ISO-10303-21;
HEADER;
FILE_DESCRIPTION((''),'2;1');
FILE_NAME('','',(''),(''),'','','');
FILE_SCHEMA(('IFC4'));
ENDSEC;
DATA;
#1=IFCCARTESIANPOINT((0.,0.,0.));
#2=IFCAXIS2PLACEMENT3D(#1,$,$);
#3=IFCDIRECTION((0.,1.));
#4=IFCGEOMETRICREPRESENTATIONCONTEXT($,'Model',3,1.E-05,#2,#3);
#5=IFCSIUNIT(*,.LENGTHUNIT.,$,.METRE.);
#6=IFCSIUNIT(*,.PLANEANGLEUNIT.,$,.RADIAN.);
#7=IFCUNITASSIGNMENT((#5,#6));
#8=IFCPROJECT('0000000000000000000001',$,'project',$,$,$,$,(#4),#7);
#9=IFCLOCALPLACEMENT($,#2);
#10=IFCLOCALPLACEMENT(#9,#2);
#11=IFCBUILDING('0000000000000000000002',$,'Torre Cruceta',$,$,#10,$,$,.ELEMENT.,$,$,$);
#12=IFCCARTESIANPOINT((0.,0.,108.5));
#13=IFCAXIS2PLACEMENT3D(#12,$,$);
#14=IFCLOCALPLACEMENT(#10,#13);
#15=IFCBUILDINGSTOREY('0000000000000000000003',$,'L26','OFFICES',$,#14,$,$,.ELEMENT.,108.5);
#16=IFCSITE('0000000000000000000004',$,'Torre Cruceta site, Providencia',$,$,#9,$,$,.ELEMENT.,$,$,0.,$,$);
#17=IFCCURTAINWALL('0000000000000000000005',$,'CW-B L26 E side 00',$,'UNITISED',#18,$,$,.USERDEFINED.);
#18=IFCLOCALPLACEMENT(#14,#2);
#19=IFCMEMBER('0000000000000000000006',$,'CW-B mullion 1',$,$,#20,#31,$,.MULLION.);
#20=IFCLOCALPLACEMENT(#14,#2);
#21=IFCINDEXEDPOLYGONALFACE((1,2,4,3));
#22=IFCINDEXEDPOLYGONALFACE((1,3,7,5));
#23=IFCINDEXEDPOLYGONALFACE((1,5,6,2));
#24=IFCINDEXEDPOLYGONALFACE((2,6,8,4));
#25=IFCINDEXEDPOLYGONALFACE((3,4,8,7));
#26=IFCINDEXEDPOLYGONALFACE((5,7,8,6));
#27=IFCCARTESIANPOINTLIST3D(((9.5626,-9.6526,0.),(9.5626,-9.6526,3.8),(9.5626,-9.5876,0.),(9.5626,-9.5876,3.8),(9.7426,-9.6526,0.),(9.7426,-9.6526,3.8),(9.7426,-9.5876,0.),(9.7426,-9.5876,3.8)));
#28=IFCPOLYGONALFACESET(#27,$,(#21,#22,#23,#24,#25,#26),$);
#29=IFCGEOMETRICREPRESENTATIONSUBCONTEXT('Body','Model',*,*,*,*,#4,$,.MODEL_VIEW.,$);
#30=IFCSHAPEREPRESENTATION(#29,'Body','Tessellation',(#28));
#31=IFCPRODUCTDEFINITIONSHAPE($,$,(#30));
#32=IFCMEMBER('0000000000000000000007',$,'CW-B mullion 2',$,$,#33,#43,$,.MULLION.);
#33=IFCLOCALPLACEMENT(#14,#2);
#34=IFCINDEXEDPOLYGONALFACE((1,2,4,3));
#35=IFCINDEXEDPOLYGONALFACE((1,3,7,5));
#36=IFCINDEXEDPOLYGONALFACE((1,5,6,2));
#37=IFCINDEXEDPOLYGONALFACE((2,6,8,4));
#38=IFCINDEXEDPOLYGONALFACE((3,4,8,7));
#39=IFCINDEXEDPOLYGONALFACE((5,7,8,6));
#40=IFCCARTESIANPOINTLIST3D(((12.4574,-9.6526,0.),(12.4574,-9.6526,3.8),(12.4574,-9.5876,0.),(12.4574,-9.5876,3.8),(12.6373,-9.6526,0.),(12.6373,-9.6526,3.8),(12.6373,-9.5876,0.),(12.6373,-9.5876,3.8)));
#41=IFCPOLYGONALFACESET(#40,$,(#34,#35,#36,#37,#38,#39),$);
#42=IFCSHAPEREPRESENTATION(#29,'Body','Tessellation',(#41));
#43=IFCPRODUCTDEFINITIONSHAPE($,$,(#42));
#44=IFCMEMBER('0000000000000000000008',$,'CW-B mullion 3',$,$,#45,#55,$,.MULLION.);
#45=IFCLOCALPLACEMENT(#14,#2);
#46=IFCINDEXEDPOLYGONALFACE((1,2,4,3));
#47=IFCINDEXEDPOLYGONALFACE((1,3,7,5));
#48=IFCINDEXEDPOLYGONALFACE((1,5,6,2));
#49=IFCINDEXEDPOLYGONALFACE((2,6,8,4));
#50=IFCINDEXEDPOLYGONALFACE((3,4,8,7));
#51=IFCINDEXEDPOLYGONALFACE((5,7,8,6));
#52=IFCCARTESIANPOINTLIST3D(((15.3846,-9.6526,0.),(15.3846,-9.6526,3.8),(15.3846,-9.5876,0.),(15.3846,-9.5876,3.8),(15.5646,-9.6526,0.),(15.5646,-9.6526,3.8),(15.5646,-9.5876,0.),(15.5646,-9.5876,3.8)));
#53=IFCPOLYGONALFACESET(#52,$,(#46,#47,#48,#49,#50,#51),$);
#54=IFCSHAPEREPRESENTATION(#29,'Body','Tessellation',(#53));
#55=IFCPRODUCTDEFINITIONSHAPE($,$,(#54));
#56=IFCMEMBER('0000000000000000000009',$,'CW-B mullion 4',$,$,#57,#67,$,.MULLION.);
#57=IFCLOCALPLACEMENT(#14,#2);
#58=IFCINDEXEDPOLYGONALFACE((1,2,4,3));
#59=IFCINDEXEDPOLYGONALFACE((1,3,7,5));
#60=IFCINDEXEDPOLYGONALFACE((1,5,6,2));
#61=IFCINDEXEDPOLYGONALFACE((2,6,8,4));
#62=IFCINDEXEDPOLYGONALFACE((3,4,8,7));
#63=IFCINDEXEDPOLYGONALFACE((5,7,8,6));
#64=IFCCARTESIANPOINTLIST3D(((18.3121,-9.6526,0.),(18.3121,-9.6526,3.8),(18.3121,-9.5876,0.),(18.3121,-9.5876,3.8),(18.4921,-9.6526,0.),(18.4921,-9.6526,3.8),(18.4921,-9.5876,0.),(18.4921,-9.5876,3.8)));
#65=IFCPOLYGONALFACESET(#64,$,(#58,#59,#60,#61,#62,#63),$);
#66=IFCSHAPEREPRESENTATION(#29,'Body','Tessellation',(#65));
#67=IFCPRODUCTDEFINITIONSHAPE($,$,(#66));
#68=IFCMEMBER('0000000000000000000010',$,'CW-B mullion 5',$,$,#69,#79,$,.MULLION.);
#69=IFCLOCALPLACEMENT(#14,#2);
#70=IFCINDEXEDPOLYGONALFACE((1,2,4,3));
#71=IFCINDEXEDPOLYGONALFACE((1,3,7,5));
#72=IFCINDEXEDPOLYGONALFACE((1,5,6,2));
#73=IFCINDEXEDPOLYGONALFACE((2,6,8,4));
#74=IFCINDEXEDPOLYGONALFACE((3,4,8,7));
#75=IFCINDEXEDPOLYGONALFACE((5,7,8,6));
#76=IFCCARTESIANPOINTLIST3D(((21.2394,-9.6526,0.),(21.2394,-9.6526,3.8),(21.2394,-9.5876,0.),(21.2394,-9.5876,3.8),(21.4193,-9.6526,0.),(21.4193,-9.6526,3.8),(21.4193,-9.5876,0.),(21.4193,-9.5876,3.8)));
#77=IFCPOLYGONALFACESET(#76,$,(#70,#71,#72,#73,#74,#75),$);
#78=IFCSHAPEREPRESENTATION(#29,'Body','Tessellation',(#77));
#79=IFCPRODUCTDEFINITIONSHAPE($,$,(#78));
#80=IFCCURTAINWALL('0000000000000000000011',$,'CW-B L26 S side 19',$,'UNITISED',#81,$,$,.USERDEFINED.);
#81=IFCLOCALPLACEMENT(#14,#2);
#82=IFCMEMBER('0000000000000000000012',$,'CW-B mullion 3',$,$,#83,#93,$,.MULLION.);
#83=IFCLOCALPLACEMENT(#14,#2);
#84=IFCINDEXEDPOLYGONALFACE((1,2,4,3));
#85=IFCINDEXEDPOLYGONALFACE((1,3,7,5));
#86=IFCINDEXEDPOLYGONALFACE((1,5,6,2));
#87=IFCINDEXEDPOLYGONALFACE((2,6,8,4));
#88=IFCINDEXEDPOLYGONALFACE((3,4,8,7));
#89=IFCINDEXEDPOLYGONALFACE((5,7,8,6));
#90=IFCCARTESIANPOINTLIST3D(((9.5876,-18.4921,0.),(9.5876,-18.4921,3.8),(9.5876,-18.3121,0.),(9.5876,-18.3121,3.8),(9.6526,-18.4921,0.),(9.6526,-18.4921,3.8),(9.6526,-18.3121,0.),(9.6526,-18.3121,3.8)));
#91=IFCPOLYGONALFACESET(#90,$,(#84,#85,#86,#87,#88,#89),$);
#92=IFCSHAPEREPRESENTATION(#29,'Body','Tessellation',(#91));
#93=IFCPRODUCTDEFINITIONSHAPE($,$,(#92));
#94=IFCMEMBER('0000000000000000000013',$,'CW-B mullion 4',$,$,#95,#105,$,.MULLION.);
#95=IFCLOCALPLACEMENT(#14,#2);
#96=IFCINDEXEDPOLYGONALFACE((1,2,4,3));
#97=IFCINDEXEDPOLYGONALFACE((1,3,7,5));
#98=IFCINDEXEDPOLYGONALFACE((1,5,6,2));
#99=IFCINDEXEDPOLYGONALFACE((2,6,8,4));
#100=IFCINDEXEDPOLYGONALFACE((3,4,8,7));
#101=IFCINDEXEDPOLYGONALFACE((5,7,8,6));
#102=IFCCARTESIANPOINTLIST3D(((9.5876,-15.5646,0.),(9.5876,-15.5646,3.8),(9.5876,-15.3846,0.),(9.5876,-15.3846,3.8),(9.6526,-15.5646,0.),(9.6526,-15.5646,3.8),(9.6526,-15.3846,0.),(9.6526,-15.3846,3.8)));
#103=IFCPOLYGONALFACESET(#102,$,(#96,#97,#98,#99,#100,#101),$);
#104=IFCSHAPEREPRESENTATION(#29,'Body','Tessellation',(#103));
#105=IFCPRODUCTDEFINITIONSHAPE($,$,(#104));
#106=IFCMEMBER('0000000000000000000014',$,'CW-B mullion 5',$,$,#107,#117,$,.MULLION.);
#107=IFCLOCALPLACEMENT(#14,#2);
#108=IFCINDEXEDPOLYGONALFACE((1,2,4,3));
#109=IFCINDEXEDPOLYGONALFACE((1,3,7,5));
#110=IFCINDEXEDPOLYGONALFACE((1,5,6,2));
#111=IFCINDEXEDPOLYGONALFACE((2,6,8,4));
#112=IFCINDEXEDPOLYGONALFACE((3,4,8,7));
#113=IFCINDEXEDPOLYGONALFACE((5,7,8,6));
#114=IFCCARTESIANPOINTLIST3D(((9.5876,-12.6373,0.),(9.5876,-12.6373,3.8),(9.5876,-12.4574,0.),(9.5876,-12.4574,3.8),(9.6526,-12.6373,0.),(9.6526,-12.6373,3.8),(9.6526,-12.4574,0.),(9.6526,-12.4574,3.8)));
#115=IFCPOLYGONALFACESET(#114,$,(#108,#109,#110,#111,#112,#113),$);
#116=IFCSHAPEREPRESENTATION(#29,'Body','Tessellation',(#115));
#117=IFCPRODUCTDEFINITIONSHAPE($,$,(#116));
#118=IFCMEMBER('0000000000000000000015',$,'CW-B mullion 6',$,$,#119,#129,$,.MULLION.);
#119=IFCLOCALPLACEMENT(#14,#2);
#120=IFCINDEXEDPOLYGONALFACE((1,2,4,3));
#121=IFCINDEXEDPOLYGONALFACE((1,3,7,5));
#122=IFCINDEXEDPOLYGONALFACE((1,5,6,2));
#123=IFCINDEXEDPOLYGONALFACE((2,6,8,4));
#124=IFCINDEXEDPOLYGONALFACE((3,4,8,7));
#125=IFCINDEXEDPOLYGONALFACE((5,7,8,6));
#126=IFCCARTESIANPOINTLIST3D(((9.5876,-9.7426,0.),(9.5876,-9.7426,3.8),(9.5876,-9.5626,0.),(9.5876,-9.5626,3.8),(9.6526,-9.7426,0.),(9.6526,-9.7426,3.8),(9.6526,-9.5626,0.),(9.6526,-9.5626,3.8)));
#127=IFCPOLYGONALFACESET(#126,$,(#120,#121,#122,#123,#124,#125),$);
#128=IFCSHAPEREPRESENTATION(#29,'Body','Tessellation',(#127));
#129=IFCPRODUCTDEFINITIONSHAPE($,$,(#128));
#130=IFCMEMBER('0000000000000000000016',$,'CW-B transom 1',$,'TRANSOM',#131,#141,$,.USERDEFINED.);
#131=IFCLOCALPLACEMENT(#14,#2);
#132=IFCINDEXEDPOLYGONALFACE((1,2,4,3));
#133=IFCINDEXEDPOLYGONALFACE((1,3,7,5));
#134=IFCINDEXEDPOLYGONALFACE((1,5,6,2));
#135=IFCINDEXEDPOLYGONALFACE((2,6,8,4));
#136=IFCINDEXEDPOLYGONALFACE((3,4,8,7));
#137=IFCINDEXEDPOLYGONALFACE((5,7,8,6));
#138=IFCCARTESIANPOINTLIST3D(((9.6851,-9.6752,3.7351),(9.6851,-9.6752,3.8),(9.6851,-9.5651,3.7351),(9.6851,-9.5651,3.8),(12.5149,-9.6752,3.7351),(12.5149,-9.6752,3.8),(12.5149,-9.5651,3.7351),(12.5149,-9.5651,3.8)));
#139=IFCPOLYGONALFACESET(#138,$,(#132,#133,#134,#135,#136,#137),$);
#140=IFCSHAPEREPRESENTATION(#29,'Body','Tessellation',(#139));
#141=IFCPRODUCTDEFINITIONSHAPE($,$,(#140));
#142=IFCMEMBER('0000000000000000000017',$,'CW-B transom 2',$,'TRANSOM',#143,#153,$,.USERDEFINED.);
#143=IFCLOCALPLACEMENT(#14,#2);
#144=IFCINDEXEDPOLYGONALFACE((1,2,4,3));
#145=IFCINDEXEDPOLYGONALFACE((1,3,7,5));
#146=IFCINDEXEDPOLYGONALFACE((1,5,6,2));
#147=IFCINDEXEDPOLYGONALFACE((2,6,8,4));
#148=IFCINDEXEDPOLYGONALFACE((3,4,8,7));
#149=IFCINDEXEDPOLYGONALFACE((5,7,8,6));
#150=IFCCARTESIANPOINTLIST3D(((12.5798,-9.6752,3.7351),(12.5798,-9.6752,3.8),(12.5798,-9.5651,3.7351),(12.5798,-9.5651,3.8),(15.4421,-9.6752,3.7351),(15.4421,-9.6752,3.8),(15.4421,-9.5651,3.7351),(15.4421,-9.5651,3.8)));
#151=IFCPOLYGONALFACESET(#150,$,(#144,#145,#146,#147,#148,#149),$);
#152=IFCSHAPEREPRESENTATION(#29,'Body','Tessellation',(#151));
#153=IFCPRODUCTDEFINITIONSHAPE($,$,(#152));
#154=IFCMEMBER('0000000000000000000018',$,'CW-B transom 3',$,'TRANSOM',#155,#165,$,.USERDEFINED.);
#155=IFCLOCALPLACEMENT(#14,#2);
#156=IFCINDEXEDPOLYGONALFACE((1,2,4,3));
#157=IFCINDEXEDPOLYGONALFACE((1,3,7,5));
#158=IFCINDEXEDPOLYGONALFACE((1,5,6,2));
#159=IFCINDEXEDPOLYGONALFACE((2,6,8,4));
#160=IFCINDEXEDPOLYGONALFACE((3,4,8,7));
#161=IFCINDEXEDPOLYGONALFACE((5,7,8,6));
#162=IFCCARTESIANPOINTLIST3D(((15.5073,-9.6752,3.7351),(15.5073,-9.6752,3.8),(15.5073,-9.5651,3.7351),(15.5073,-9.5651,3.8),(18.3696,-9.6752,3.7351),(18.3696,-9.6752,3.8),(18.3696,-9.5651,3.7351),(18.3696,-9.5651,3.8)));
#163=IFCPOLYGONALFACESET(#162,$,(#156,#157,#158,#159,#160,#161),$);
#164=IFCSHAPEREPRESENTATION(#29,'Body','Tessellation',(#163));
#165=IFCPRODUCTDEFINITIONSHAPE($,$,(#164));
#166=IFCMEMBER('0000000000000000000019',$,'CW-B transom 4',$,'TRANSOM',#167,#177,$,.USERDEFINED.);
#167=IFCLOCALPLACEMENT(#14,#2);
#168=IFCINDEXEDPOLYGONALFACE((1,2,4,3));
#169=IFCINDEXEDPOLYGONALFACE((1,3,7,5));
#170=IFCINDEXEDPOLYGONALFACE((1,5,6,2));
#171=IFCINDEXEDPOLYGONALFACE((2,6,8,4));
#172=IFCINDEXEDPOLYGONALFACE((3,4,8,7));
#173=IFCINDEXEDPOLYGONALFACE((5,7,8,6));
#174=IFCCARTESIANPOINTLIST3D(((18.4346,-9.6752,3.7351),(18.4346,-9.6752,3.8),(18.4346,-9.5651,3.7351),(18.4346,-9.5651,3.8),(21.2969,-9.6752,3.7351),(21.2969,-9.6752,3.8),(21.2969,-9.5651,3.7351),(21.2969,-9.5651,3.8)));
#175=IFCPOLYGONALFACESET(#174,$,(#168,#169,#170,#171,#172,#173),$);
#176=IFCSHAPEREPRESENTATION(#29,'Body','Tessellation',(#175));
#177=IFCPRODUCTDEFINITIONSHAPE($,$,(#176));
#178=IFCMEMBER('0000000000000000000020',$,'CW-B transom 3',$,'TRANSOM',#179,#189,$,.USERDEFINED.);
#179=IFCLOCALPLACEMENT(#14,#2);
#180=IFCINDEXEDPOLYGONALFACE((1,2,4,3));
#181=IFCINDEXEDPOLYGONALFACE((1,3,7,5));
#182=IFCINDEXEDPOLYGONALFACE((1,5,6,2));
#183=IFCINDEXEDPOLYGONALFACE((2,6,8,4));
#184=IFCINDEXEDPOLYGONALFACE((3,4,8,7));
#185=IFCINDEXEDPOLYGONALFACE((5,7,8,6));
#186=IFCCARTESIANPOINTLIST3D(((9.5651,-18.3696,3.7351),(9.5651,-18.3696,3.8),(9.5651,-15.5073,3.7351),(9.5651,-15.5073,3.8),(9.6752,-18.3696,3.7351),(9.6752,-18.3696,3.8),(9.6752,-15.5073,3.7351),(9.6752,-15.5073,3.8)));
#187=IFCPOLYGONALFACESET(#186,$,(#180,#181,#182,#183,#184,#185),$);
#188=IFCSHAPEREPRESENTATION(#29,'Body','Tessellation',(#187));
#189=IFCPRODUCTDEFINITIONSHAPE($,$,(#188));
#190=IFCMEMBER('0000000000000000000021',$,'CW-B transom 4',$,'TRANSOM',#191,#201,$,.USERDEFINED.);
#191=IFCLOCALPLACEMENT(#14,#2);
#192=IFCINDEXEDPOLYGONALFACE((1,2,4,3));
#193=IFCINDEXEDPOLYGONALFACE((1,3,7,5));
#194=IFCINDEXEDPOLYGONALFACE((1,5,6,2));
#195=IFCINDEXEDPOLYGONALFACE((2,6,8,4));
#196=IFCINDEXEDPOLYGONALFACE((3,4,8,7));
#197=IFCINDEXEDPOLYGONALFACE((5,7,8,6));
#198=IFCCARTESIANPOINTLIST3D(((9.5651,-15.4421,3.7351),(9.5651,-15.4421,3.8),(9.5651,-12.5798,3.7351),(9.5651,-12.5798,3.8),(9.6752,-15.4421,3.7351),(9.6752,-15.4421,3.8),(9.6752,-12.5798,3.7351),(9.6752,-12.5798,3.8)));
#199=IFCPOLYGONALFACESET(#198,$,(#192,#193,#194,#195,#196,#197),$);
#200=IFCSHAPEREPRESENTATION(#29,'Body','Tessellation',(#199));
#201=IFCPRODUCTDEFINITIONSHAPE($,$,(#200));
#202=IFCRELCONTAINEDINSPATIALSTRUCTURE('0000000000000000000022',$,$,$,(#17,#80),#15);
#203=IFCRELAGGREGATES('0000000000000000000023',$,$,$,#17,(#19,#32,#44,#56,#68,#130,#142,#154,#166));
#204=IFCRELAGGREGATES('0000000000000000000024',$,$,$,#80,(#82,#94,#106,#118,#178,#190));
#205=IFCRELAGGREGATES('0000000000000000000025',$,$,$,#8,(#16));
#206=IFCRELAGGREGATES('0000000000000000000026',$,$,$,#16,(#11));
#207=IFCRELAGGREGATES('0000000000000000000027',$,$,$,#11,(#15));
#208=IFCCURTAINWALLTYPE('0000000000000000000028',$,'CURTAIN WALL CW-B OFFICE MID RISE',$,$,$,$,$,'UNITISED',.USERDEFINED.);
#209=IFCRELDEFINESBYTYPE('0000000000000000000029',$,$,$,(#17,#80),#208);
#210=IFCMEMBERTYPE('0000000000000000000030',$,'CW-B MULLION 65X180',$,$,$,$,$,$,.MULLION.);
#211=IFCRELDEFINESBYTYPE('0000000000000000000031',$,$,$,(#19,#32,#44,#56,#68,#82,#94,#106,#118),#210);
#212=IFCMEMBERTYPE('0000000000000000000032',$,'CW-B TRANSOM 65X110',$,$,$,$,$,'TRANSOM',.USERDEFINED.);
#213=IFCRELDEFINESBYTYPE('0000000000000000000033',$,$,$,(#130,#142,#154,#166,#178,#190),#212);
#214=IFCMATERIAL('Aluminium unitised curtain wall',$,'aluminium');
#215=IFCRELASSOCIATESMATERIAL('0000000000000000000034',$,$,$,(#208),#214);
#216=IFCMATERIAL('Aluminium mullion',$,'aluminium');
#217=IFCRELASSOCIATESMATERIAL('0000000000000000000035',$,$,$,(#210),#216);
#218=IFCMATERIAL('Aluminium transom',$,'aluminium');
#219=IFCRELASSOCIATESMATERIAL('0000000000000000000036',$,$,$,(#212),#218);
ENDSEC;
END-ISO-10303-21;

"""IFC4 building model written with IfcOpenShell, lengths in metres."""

from ifc_helpers import new_model, si_unit, direction, frame, origin, origin_2d, place, context, subcontext, project, spatial, rectangle, extrude, material, material_profile, profile_set, type_object, element, aggregate, save


model = new_model("IFC4")

# Units and contexts
model_context = context("Model", 3, precision=1e-05, world=origin(), true_north=direction((0.0, 1.0)))
body_context = subcontext(model_context, "Body", "Model", "MODEL_VIEW")
ifc_project = project(units=[si_unit("LENGTHUNIT", "METRE"), si_unit("PLANEANGLEUNIT", "RADIAN")], contexts=[model_context])

# Site, building, storey
site_placement = place(None, origin())
site = spatial("IfcSite", under=ifc_project, at=site_placement, Name="Torre Cruceta site, Providencia", CompositionType="ELEMENT", RefElevation=0.0)
building_placement = place(site_placement, origin())
building = spatial("IfcBuilding", under=site, at=building_placement, Name="Torre Cruceta", CompositionType="ELEMENT")
storey_placement = place(building_placement, frame((0.0, 0.0, 108.5)))
storey = spatial("IfcBuildingStorey", under=building, at=storey_placement, Name="L26", Description="OFFICES", CompositionType="ELEMENT", Elevation=108.5)

# Curtain walls, members
ifc_material_1 = material(Name="Aluminium unitised curtain wall", Category="aluminium")
curtain_wall_type = type_object("IfcCurtainWallType", Name="CURTAIN WALL CW-B OFFICE MID RISE", ElementType="UNITISED", PredefinedType="USERDEFINED", material=ifc_material_1)
curtain_wall_1_placement = place(storey_placement, origin())
curtain_wall_1 = element("IfcCurtainWall", 1, at=curtain_wall_1_placement, inside=storey, type_object=curtain_wall_type, Name="CW-B L26 E side 00", ObjectType="UNITISED", PredefinedType="USERDEFINED")
ifc_material_2 = material(Name="Aluminium mullion", Category="aluminium")
ifc_material_profile_1 = material_profile(ifc_material_2, rectangle(XDim=0.0649, YDim=0.1799, at=origin_2d()), Name="AL 65X180")
ifc_profile_set_1 = profile_set([ifc_material_profile_1], Name="Aluminium mullion")
member_type_1 = type_object("IfcMemberType", Name="CW-B MULLION 65X180", PredefinedType="MULLION", material=ifc_profile_set_1)
member_1_placement = place(storey_placement, frame((9.6526, -9.6201, 0.0), z_axis=(0.0, 0.0, 1.0), x_axis=(0.0, 1.0, 0.0)))
member_1 = element("IfcMember", 2, at=member_1_placement, type_object=member_type_1, Name="CW-B mullion 1", PredefinedType="MULLION", context=body_context, shape_type="SweptSolid", body=[
    extrude(rectangle(XDim=0.0649, YDim=0.1799, at=origin_2d()), origin(), (0.0, 0.0, 1.0), 3.8),
])
member_2_placement = place(storey_placement, frame((12.5474, -9.6201, 0.0), z_axis=(0.0, 0.0, 1.0), x_axis=(0.0, 1.0, 0.0)))
member_2 = element("IfcMember", 3, at=member_2_placement, type_object=member_type_1, Name="CW-B mullion 2", PredefinedType="MULLION", context=body_context, shape_type="SweptSolid", body=[
    extrude(rectangle(XDim=0.0649, YDim=0.1799, at=origin_2d()), origin(), (0.0, 0.0, 1.0), 3.8),
])
member_3_placement = place(storey_placement, frame((15.4746, -9.6201, 0.0), z_axis=(0.0, 0.0, 1.0), x_axis=(0.0, 1.0, 0.0)))
member_3 = element("IfcMember", 4, at=member_3_placement, type_object=member_type_1, Name="CW-B mullion 3", PredefinedType="MULLION", context=body_context, shape_type="SweptSolid", body=[
    extrude(rectangle(XDim=0.0649, YDim=0.1799, at=origin_2d()), origin(), (0.0, 0.0, 1.0), 3.8),
])
member_4_placement = place(storey_placement, frame((18.4021, -9.6201, 0.0), z_axis=(0.0, 0.0, 1.0), x_axis=(0.0, 1.0, 0.0)))
member_4 = element("IfcMember", 5, at=member_4_placement, type_object=member_type_1, Name="CW-B mullion 4", PredefinedType="MULLION", context=body_context, shape_type="SweptSolid", body=[
    extrude(rectangle(XDim=0.0649, YDim=0.1799, at=origin_2d()), origin(), (0.0, 0.0, 1.0), 3.8),
])
member_5_placement = place(storey_placement, frame((21.3293, -9.6201, 0.0), z_axis=(0.0, 0.0, 1.0), x_axis=(0.0, 1.0, 0.0)))
member_5 = element("IfcMember", 6, at=member_5_placement, type_object=member_type_1, Name="CW-B mullion 5", PredefinedType="MULLION", context=body_context, shape_type="SweptSolid", body=[
    extrude(rectangle(XDim=0.0649, YDim=0.1799, at=origin_2d()), origin(), (0.0, 0.0, 1.0), 3.8),
])
curtain_wall_2_placement = place(storey_placement, origin())
curtain_wall_2 = element("IfcCurtainWall", 7, at=curtain_wall_2_placement, inside=storey, type_object=curtain_wall_type, Name="CW-B L26 S side 19", ObjectType="UNITISED", PredefinedType="USERDEFINED")
member_6_placement = place(storey_placement, frame((9.6201, -18.4021, 0.0), z_axis=(0.0, 0.0, 1.0), x_axis=(-1.0, 0.0, 0.0)))
member_6 = element("IfcMember", 8, at=member_6_placement, type_object=member_type_1, Name="CW-B mullion 3", PredefinedType="MULLION", context=body_context, shape_type="SweptSolid", body=[
    extrude(rectangle(XDim=0.0649, YDim=0.1799, at=origin_2d()), origin(), (0.0, 0.0, 1.0), 3.8),
])
member_7_placement = place(storey_placement, frame((9.6201, -15.4746, 0.0), z_axis=(0.0, 0.0, 1.0), x_axis=(-1.0, 0.0, 0.0)))
member_7 = element("IfcMember", 9, at=member_7_placement, type_object=member_type_1, Name="CW-B mullion 4", PredefinedType="MULLION", context=body_context, shape_type="SweptSolid", body=[
    extrude(rectangle(XDim=0.0649, YDim=0.1799, at=origin_2d()), origin(), (0.0, 0.0, 1.0), 3.8),
])
member_8_placement = place(storey_placement, frame((9.6201, -12.5474, 0.0), z_axis=(0.0, 0.0, 1.0), x_axis=(-1.0, 0.0, 0.0)))
member_8 = element("IfcMember", 10, at=member_8_placement, type_object=member_type_1, Name="CW-B mullion 5", PredefinedType="MULLION", context=body_context, shape_type="SweptSolid", body=[
    extrude(rectangle(XDim=0.0649, YDim=0.1799, at=origin_2d()), origin(), (0.0, 0.0, 1.0), 3.8),
])
member_9_placement = place(storey_placement, frame((9.6201, -9.6526, 0.0), z_axis=(0.0, 0.0, 1.0), x_axis=(-1.0, 0.0, 0.0)))
member_9 = element("IfcMember", 11, at=member_9_placement, type_object=member_type_1, Name="CW-B mullion 6", PredefinedType="MULLION", context=body_context, shape_type="SweptSolid", body=[
    extrude(rectangle(XDim=0.0649, YDim=0.1799, at=origin_2d()), origin(), (0.0, 0.0, 1.0), 3.8),
])

# Members
ifc_material_3 = material(Name="Aluminium transom", Category="aluminium")
ifc_material_profile_2 = material_profile(ifc_material_3, rectangle(XDim=0.1101, YDim=0.0649, at=origin_2d()), Name="AL 110X65")
ifc_profile_set_2 = profile_set([ifc_material_profile_2], Name="Aluminium transom")
member_type_2 = type_object("IfcMemberType", Name="CW-B TRANSOM 65X110", ElementType="TRANSOM", PredefinedType="USERDEFINED", material=ifc_profile_set_2)
member_10_placement = place(storey_placement, frame((9.6851, -9.6201, 3.7676), z_axis=(1.0, 0.0, 0.0), x_axis=(0.0, 1.0, 0.0)))
member_10 = element("IfcMember", 12, at=member_10_placement, type_object=member_type_2, Name="CW-B transom 1", ObjectType="TRANSOM", PredefinedType="USERDEFINED", context=body_context, shape_type="SweptSolid", body=[
    extrude(rectangle(XDim=0.1101, YDim=0.0649, at=origin_2d()), origin(), (0.0, 0.0, 1.0), 2.8298),
])
member_11_placement = place(storey_placement, frame((12.5798, -9.6201, 3.7676), z_axis=(1.0, 0.0, 0.0), x_axis=(0.0, 1.0, 0.0)))
member_11 = element("IfcMember", 13, at=member_11_placement, type_object=member_type_2, Name="CW-B transom 2", ObjectType="TRANSOM", PredefinedType="USERDEFINED", context=body_context, shape_type="SweptSolid", body=[
    extrude(rectangle(XDim=0.1101, YDim=0.0649, at=origin_2d()), origin(), (0.0, 0.0, 1.0), 2.8623),
])
member_12_placement = place(storey_placement, frame((15.5073, -9.6201, 3.7676), z_axis=(1.0, 0.0, 0.0), x_axis=(0.0, 1.0, 0.0)))
member_12 = element("IfcMember", 14, at=member_12_placement, type_object=member_type_2, Name="CW-B transom 3", ObjectType="TRANSOM", PredefinedType="USERDEFINED", context=body_context, shape_type="SweptSolid", body=[
    extrude(rectangle(XDim=0.1101, YDim=0.0649, at=origin_2d()), origin(), (0.0, 0.0, 1.0), 2.8623),
])
member_13_placement = place(storey_placement, frame((18.4346, -9.6201, 3.7676), z_axis=(1.0, 0.0, 0.0), x_axis=(0.0, 1.0, 0.0)))
member_13 = element("IfcMember", 15, at=member_13_placement, type_object=member_type_2, Name="CW-B transom 4", ObjectType="TRANSOM", PredefinedType="USERDEFINED", context=body_context, shape_type="SweptSolid", body=[
    extrude(rectangle(XDim=0.1101, YDim=0.0649, at=origin_2d()), origin(), (0.0, 0.0, 1.0), 2.8623),
])
member_14_placement = place(storey_placement, frame((9.6201, -18.3696, 3.7676), z_axis=(0.0, 1.0, 0.0), x_axis=(-1.0, 0.0, 0.0)))
member_14 = element("IfcMember", 16, at=member_14_placement, type_object=member_type_2, Name="CW-B transom 3", ObjectType="TRANSOM", PredefinedType="USERDEFINED", context=body_context, shape_type="SweptSolid", body=[
    extrude(rectangle(XDim=0.1101, YDim=0.0649, at=origin_2d()), origin(), (0.0, 0.0, 1.0), 2.8623),
])
member_15_placement = place(storey_placement, frame((9.6201, -15.4421, 3.7676), z_axis=(0.0, 1.0, 0.0), x_axis=(-1.0, 0.0, 0.0)))
member_15 = element("IfcMember", 17, at=member_15_placement, type_object=member_type_2, Name="CW-B transom 4", ObjectType="TRANSOM", PredefinedType="USERDEFINED", context=body_context, shape_type="SweptSolid", body=[
    extrude(rectangle(XDim=0.1101, YDim=0.0649, at=origin_2d()), origin(), (0.0, 0.0, 1.0), 2.8623),
])

aggregate(curtain_wall_1, [member_1, member_2, member_3, member_4, member_5, member_10, member_11, member_12, member_13])
aggregate(curtain_wall_2, [member_6, member_7, member_8, member_9, member_14, member_15])

save(model, "model.ifc")
